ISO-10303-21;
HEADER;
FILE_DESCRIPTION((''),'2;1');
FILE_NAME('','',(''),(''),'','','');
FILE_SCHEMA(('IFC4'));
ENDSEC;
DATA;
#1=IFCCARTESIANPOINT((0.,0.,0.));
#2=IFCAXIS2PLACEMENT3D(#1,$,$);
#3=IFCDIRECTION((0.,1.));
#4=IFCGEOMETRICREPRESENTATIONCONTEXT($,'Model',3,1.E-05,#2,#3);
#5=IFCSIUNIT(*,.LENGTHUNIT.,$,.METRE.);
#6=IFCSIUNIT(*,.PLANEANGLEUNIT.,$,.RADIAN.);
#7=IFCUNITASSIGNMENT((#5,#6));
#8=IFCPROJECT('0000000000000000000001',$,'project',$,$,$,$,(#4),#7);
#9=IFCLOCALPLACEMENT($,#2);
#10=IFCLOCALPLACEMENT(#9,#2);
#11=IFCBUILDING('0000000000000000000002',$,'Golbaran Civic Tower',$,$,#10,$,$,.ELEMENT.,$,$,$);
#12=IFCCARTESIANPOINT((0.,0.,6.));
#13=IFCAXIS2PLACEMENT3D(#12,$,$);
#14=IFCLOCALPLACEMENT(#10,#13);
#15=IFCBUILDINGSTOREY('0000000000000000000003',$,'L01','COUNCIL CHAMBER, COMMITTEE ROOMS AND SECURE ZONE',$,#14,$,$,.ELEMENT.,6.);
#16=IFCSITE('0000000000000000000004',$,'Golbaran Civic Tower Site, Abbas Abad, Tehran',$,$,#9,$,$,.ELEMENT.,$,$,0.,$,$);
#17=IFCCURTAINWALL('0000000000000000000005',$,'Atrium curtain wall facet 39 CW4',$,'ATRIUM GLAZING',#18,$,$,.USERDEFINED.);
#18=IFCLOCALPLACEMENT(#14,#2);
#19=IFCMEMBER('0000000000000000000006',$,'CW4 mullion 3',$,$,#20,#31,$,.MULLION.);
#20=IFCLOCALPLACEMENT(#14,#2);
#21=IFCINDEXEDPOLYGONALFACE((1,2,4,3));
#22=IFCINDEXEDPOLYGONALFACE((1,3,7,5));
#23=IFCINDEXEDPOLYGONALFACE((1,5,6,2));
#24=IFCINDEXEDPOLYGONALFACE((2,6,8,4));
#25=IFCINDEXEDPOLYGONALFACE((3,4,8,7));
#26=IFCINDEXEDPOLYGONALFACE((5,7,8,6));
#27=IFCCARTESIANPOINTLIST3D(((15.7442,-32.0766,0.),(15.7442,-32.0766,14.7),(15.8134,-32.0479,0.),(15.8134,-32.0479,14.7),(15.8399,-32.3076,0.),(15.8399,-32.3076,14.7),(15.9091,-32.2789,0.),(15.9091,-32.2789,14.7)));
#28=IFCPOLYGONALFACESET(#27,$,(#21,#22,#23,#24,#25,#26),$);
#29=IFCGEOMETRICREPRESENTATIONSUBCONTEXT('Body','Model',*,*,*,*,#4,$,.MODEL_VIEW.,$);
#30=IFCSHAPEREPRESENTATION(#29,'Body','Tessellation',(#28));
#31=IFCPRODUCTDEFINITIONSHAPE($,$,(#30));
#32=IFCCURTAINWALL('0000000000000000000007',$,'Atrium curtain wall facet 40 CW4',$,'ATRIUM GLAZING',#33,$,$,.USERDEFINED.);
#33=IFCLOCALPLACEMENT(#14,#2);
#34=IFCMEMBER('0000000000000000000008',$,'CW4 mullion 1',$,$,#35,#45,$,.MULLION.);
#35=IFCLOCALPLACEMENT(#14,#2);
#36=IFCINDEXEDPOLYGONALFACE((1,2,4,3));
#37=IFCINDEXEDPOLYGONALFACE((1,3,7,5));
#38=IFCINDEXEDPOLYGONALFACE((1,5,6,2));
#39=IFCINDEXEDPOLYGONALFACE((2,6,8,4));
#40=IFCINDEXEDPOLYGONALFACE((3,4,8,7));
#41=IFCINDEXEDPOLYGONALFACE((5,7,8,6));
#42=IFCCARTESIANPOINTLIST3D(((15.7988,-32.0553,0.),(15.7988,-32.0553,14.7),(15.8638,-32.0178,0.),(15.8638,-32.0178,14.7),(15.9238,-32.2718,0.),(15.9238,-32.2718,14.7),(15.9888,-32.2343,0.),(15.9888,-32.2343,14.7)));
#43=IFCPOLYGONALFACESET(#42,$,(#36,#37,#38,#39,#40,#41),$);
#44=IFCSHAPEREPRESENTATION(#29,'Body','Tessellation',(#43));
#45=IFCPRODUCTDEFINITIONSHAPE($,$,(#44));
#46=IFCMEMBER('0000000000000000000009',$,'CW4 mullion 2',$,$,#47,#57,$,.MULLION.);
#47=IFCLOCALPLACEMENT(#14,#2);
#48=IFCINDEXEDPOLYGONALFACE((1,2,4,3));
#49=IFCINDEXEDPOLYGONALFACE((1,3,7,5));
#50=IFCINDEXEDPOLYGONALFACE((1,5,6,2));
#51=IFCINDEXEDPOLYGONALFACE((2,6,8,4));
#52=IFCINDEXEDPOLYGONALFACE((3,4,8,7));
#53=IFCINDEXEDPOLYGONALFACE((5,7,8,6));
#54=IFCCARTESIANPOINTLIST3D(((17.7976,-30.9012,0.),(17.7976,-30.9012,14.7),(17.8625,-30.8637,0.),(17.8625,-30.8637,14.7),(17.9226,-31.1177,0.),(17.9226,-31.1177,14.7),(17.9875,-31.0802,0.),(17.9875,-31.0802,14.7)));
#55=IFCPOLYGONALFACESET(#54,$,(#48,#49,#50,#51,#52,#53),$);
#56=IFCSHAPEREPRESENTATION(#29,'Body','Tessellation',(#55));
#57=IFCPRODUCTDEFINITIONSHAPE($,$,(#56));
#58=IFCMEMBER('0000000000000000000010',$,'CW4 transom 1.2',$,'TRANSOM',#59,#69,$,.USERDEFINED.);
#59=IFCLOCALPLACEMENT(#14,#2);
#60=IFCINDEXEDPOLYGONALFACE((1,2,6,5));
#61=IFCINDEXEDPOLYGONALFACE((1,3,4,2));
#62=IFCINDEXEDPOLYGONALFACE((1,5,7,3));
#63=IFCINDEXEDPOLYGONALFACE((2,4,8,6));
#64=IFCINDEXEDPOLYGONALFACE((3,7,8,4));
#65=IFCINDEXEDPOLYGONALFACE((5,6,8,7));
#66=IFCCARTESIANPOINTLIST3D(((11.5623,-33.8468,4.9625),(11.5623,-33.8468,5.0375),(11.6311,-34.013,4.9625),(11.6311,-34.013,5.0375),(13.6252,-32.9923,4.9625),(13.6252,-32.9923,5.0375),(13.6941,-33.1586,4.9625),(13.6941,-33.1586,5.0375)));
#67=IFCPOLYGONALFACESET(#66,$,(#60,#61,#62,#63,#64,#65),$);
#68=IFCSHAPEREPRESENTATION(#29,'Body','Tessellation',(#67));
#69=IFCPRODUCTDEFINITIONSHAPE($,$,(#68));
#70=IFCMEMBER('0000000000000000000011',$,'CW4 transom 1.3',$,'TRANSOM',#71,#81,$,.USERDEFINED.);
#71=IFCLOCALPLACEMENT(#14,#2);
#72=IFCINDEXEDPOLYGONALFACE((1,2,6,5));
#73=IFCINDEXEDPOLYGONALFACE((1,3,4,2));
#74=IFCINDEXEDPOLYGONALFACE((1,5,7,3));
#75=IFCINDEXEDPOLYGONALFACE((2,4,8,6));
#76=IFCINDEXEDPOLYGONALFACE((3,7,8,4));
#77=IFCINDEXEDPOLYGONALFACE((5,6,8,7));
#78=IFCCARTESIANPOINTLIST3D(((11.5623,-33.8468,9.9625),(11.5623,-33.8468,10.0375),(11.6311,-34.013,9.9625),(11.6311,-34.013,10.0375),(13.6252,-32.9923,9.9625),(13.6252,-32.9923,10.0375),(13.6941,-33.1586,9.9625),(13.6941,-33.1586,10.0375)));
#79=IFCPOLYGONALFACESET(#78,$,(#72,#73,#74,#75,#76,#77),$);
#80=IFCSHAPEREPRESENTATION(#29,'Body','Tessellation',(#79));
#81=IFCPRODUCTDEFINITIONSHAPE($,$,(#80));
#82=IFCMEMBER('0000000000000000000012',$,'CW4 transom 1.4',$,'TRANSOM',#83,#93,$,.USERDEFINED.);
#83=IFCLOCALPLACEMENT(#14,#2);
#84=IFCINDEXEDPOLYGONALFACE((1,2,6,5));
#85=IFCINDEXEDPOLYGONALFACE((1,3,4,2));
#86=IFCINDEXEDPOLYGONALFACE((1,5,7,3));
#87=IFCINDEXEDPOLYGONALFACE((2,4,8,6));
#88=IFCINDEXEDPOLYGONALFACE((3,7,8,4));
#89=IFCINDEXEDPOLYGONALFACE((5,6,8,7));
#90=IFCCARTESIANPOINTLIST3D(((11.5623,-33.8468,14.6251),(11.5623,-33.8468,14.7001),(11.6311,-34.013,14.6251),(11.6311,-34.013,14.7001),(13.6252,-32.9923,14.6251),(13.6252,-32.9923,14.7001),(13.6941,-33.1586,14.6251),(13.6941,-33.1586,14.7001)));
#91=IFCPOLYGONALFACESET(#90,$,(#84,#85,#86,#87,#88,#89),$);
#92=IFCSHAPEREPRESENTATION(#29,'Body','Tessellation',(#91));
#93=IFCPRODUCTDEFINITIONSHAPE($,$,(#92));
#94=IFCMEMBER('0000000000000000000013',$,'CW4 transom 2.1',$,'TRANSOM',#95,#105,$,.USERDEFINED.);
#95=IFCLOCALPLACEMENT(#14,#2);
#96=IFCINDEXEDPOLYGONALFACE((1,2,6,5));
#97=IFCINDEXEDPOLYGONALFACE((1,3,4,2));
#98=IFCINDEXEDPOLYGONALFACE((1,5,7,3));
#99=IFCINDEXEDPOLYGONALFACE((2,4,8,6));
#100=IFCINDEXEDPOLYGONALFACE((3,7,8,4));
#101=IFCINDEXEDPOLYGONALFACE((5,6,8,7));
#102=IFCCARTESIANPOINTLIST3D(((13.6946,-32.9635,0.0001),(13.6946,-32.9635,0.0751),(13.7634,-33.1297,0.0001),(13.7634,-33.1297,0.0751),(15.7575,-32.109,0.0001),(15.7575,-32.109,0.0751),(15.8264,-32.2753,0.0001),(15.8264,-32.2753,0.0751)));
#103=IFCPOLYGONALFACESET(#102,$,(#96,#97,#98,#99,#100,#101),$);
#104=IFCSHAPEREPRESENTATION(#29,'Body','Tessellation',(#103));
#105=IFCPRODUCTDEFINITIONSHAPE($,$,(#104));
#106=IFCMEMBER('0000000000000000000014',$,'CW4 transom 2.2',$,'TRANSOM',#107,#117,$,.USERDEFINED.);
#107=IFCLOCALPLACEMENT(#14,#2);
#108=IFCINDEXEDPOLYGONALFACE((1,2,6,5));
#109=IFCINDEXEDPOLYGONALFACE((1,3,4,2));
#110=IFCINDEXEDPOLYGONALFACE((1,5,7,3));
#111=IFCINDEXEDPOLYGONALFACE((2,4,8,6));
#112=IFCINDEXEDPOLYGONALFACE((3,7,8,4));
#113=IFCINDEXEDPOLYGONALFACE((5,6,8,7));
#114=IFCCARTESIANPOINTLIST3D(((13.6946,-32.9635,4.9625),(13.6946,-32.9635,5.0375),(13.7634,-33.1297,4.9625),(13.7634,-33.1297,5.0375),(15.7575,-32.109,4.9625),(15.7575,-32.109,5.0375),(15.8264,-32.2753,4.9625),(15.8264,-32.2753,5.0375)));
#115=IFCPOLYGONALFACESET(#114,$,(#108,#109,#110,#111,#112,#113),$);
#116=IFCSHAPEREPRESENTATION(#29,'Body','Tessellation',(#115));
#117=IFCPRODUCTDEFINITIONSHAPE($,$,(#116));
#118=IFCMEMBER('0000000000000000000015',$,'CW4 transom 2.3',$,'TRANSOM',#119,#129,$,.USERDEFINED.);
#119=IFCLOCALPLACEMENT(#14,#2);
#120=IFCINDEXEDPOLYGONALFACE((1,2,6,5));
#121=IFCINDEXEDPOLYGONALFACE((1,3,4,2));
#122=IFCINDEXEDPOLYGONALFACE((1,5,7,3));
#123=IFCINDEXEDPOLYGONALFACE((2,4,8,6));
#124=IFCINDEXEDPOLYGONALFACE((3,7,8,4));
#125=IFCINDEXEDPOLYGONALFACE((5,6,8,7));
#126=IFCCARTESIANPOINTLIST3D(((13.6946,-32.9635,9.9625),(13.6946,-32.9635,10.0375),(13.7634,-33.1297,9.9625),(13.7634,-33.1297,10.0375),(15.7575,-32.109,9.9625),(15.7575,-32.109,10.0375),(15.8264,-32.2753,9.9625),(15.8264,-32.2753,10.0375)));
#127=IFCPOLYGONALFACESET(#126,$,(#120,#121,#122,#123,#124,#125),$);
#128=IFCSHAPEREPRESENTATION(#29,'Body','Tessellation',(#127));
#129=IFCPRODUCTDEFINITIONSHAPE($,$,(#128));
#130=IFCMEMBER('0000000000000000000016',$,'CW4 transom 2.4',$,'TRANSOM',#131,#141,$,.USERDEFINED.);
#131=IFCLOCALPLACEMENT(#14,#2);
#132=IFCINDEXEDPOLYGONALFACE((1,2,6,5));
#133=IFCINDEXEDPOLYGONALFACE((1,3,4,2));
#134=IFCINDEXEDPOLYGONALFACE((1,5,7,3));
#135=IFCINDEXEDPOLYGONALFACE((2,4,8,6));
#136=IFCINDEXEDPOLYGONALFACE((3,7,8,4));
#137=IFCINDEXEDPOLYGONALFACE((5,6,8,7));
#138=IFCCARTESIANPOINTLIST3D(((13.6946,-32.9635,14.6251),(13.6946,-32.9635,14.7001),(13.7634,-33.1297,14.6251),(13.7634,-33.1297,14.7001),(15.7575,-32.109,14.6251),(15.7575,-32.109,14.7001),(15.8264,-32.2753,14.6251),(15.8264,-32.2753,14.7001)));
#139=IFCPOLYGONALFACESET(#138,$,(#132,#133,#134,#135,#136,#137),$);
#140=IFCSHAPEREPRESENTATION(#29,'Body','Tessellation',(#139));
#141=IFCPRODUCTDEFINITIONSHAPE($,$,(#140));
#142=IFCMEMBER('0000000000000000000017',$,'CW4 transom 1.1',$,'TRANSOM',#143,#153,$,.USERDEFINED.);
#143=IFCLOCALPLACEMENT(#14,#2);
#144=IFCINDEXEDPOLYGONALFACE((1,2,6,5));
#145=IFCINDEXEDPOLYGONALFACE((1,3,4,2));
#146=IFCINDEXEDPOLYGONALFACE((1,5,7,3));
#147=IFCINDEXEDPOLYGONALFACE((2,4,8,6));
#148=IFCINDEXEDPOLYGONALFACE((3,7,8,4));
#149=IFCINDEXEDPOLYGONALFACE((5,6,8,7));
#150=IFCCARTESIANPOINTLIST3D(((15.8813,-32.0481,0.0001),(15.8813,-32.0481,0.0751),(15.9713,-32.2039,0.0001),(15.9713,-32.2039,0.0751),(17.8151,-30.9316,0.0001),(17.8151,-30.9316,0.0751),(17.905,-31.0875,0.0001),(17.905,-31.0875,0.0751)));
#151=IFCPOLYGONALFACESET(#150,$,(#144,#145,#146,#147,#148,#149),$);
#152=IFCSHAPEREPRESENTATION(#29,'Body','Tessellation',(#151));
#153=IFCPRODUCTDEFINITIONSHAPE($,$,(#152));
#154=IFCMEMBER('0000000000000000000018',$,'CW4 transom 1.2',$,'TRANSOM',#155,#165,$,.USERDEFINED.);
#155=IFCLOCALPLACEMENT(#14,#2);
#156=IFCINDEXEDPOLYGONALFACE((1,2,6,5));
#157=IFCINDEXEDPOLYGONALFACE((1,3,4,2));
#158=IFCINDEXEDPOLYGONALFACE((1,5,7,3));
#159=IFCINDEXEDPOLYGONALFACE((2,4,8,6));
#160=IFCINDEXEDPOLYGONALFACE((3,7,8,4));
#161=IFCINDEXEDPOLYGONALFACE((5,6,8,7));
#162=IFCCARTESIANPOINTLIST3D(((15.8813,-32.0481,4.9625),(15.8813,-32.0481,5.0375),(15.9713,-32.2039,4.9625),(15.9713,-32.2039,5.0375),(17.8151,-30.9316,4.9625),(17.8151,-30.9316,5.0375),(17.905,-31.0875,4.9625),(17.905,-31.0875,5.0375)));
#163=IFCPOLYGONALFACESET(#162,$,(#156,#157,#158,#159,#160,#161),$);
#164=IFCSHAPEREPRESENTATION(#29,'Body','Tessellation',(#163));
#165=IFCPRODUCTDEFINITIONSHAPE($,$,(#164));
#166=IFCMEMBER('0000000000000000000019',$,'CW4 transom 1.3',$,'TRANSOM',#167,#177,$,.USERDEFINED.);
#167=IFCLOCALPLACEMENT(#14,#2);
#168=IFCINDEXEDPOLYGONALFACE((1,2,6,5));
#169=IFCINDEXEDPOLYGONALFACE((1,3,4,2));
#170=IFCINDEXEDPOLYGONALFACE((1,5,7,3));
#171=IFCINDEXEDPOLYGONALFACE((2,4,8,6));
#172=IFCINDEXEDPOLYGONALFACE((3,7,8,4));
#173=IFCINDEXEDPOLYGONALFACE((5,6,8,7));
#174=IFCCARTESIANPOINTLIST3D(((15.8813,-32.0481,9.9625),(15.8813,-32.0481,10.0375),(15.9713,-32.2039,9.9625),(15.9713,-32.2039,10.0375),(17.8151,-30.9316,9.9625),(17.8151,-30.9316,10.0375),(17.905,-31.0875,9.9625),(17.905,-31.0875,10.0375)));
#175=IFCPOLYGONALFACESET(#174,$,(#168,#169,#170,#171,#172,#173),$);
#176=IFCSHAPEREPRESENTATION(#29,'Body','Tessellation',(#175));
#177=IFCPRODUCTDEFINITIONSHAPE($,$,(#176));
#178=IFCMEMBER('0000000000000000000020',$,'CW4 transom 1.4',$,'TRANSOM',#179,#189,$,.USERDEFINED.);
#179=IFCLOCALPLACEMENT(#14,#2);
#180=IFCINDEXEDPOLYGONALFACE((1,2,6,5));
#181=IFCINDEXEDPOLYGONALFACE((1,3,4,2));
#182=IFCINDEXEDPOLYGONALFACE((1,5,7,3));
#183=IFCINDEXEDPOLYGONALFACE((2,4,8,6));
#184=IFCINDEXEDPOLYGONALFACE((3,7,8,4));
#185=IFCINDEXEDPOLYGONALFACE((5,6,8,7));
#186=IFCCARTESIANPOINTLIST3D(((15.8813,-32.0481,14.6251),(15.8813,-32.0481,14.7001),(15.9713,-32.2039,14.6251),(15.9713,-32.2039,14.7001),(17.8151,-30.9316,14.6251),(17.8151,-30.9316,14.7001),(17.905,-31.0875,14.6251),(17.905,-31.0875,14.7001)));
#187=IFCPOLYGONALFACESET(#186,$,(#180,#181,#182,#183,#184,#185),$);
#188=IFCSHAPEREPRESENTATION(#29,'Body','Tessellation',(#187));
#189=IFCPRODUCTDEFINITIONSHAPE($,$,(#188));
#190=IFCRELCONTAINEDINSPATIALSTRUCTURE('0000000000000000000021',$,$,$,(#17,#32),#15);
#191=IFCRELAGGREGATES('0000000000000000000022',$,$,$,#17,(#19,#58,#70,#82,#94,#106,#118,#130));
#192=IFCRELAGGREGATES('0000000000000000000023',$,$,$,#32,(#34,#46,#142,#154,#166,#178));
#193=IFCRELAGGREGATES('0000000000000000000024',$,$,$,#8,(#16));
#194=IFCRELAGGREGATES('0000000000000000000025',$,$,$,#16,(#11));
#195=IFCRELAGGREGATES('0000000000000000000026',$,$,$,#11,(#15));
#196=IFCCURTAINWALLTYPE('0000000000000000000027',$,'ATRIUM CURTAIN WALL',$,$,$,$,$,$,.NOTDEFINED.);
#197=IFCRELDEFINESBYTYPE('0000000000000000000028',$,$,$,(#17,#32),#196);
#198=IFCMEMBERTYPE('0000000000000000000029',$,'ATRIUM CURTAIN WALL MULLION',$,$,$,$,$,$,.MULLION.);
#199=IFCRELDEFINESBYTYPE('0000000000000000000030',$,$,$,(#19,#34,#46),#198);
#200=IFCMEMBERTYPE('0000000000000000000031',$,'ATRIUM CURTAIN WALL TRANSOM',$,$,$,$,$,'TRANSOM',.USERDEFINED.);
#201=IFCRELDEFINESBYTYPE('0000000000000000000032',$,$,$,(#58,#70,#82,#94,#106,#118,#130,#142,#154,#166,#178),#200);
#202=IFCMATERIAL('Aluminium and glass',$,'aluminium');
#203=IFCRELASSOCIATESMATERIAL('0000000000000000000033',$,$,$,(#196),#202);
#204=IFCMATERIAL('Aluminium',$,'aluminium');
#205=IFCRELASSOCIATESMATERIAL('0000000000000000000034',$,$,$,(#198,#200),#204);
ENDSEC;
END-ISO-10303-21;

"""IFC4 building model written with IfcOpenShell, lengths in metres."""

from ifc_helpers import new_model, si_unit, direction, frame, origin, origin_2d, place, context, subcontext, project, spatial, rectangle, extrude, material, material_profile, profile_set, type_object, element, aggregate, save


model = new_model("IFC4")

# Units and contexts
model_context = context("Model", 3, precision=1e-05, world=origin(), true_north=direction((0.0, 1.0)))
body_context = subcontext(model_context, "Body", "Model", "MODEL_VIEW")
ifc_project = project(units=[si_unit("LENGTHUNIT", "METRE"), si_unit("PLANEANGLEUNIT", "RADIAN")], contexts=[model_context])

# Site, building, storey
site_placement = place(None, origin())
site = spatial("IfcSite", under=ifc_project, at=site_placement, Name="Golbaran Civic Tower Site, Abbas Abad, Tehran", CompositionType="ELEMENT", RefElevation=0.0)
building_placement = place(site_placement, origin())
building = spatial("IfcBuilding", under=site, at=building_placement, Name="Golbaran Civic Tower", CompositionType="ELEMENT")
storey_placement = place(building_placement, frame((0.0, 0.0, 6.0)))
storey = spatial("IfcBuildingStorey", under=building, at=storey_placement, Name="L01", Description="COUNCIL CHAMBER, COMMITTEE ROOMS AND SECURE ZONE", CompositionType="ELEMENT", Elevation=6.0)

# Curtain walls, members
ifc_material_1 = material(Name="Aluminium and glass", Category="aluminium")
curtain_wall_type = type_object("IfcCurtainWallType", Name="ATRIUM CURTAIN WALL", PredefinedType="NOTDEFINED", material=ifc_material_1)
curtain_wall_1_placement = place(storey_placement, origin())
curtain_wall_1 = element("IfcCurtainWall", 1, at=curtain_wall_1_placement, inside=storey, type_object=curtain_wall_type, Name="Atrium curtain wall facet 39 CW4", ObjectType="ATRIUM GLAZING", PredefinedType="USERDEFINED")
ifc_material_2 = material(Name="Aluminium", Category="aluminium")
ifc_material_profile_1 = material_profile(ifc_material_2, rectangle(XDim=0.25, YDim=0.075, at=origin_2d()), Name="ATRIUM CURTAIN WALL MULLION")
ifc_profile_set_1 = profile_set([ifc_material_profile_1], Name="Aluminium")
member_type_1 = type_object("IfcMemberType", Name="ATRIUM CURTAIN WALL MULLION", PredefinedType="MULLION", material=ifc_profile_set_1)
member_1_placement = place(storey_placement, frame((15.8267, -32.1777, 0.0), z_axis=(0.0, 0.0, 1.0), x_axis=(-0.382683, 0.92388, 0.0)))
member_1 = element("IfcMember", 2, at=member_1_placement, type_object=member_type_1, Name="CW4 mullion 3", PredefinedType="MULLION", context=body_context, shape_type="SweptSolid", body=[
    extrude(rectangle(XDim=0.25, YDim=0.075, at=origin_2d()), origin(), (0.0, 0.0, 1.0), 14.7),
])
curtain_wall_2_placement = place(storey_placement, origin())
curtain_wall_2 = element("IfcCurtainWall", 3, at=curtain_wall_2_placement, inside=storey, type_object=curtain_wall_type, Name="Atrium curtain wall facet 40 CW4", ObjectType="ATRIUM GLAZING", PredefinedType="USERDEFINED")
member_2_placement = place(storey_placement, frame((15.8938, -32.1448, 0.0), z_axis=(0.0, 0.0, 1.0), x_axis=(-0.5, 0.866025, 0.0)))
member_2 = element("IfcMember", 4, at=member_2_placement, type_object=member_type_1, Name="CW4 mullion 1", PredefinedType="MULLION", context=body_context, shape_type="SweptSolid", body=[
    extrude(rectangle(XDim=0.25, YDim=0.075, at=origin_2d()), origin(), (0.0, 0.0, 1.0), 14.7),
])
member_3_placement = place(storey_placement, frame((17.8926, -30.9907, 0.0), z_axis=(0.0, 0.0, 1.0), x_axis=(-0.5, 0.866025, 0.0)))
member_3 = element("IfcMember", 5, at=member_3_placement, type_object=member_type_1, Name="CW4 mullion 2", PredefinedType="MULLION", context=body_context, shape_type="SweptSolid", body=[
    extrude(rectangle(XDim=0.25, YDim=0.075, at=origin_2d()), origin(), (0.0, 0.0, 1.0), 14.7),
])

# Members
ifc_material_profile_2 = material_profile(ifc_material_2, rectangle(XDim=0.1799, YDim=0.075, at=origin_2d()), Name="ATRIUM CURTAIN WALL TRANSOM")
ifc_profile_set_2 = profile_set([ifc_material_profile_2], Name="Aluminium")
member_type_2 = type_object("IfcMemberType", Name="ATRIUM CURTAIN WALL TRANSOM", ElementType="TRANSOM", PredefinedType="USERDEFINED", material=ifc_profile_set_2)
member_4_placement = place(storey_placement, frame((11.5967, -33.9299, 5.0), z_axis=(0.923884, 0.382674, 0.0), x_axis=(-0.382674, 0.923884, 0.0)))
member_4 = element("IfcMember", 6, at=member_4_placement, type_object=member_type_2, Name="CW4 transom 1.2", ObjectType="TRANSOM", PredefinedType="USERDEFINED", context=body_context, shape_type="SweptSolid", body=[
    extrude(rectangle(XDim=0.1799, YDim=0.075, at=origin_2d()), origin(), (0.0, 0.0, 1.0), 2.2329),
])
member_5_placement = place(storey_placement, frame((11.5967, -33.9299, 10.0), z_axis=(0.923884, 0.382674, 0.0), x_axis=(-0.382674, 0.923884, 0.0)))
member_5 = element("IfcMember", 7, at=member_5_placement, type_object=member_type_2, Name="CW4 transom 1.3", ObjectType="TRANSOM", PredefinedType="USERDEFINED", context=body_context, shape_type="SweptSolid", body=[
    extrude(rectangle(XDim=0.1799, YDim=0.075, at=origin_2d()), origin(), (0.0, 0.0, 1.0), 2.2329),
])
member_6_placement = place(storey_placement, frame((11.5967, -33.9299, 14.6626), z_axis=(0.923884, 0.382674, 0.0), x_axis=(-0.382674, 0.923884, 0.0)))
member_6 = element("IfcMember", 8, at=member_6_placement, type_object=member_type_2, Name="CW4 transom 1.4", ObjectType="TRANSOM", PredefinedType="USERDEFINED", context=body_context, shape_type="SweptSolid", body=[
    extrude(rectangle(XDim=0.1799, YDim=0.075, at=origin_2d()), origin(), (0.0, 0.0, 1.0), 2.2329),
])
member_7_placement = place(storey_placement, frame((13.729, -33.0466, 0.0376), z_axis=(0.923884, 0.382674, 0.0), x_axis=(-0.382674, 0.923884, 0.0)))
member_7 = element("IfcMember", 9, at=member_7_placement, type_object=member_type_2, Name="CW4 transom 2.1", ObjectType="TRANSOM", PredefinedType="USERDEFINED", context=body_context, shape_type="SweptSolid", body=[
    extrude(rectangle(XDim=0.1799, YDim=0.075, at=origin_2d()), origin(), (0.0, 0.0, 1.0), 2.2329),
])
member_8_placement = place(storey_placement, frame((13.729, -33.0466, 5.0), z_axis=(0.923884, 0.382674, 0.0), x_axis=(-0.382674, 0.923884, 0.0)))
member_8 = element("IfcMember", 10, at=member_8_placement, type_object=member_type_2, Name="CW4 transom 2.2", ObjectType="TRANSOM", PredefinedType="USERDEFINED", context=body_context, shape_type="SweptSolid", body=[
    extrude(rectangle(XDim=0.1799, YDim=0.075, at=origin_2d()), origin(), (0.0, 0.0, 1.0), 2.2329),
])
member_9_placement = place(storey_placement, frame((13.729, -33.0466, 10.0), z_axis=(0.923884, 0.382674, 0.0), x_axis=(-0.382674, 0.923884, 0.0)))
member_9 = element("IfcMember", 11, at=member_9_placement, type_object=member_type_2, Name="CW4 transom 2.3", ObjectType="TRANSOM", PredefinedType="USERDEFINED", context=body_context, shape_type="SweptSolid", body=[
    extrude(rectangle(XDim=0.1799, YDim=0.075, at=origin_2d()), origin(), (0.0, 0.0, 1.0), 2.2329),
])
member_10_placement = place(storey_placement, frame((13.729, -33.0466, 14.6626), z_axis=(0.923884, 0.382674, 0.0), x_axis=(-0.382674, 0.923884, 0.0)))
member_10 = element("IfcMember", 12, at=member_10_placement, type_object=member_type_2, Name="CW4 transom 2.4", ObjectType="TRANSOM", PredefinedType="USERDEFINED", context=body_context, shape_type="SweptSolid", body=[
    extrude(rectangle(XDim=0.1799, YDim=0.075, at=origin_2d()), origin(), (0.0, 0.0, 1.0), 2.2329),
])
member_11_placement = place(storey_placement, frame((15.9263, -32.126, 0.0376), z_axis=(0.866034, 0.499984, 0.0), x_axis=(-0.499984, 0.866034, 0.0)))
member_11 = element("IfcMember", 13, at=member_11_placement, type_object=member_type_2, Name="CW4 transom 1.1", ObjectType="TRANSOM", PredefinedType="USERDEFINED", context=body_context, shape_type="SweptSolid", body=[
    extrude(rectangle(XDim=0.1799, YDim=0.075, at=origin_2d()), origin(), (0.0, 0.0, 1.0), 2.2329),
])
member_12_placement = place(storey_placement, frame((15.9263, -32.126, 5.0), z_axis=(0.866034, 0.499984, 0.0), x_axis=(-0.499984, 0.866034, 0.0)))
member_12 = element("IfcMember", 14, at=member_12_placement, type_object=member_type_2, Name="CW4 transom 1.2", ObjectType="TRANSOM", PredefinedType="USERDEFINED", context=body_context, shape_type="SweptSolid", body=[
    extrude(rectangle(XDim=0.1799, YDim=0.075, at=origin_2d()), origin(), (0.0, 0.0, 1.0), 2.2329),
])
member_13_placement = place(storey_placement, frame((15.9263, -32.126, 10.0), z_axis=(0.866034, 0.499984, 0.0), x_axis=(-0.499984, 0.866034, 0.0)))
member_13 = element("IfcMember", 15, at=member_13_placement, type_object=member_type_2, Name="CW4 transom 1.3", ObjectType="TRANSOM", PredefinedType="USERDEFINED", context=body_context, shape_type="SweptSolid", body=[
    extrude(rectangle(XDim=0.1799, YDim=0.075, at=origin_2d()), origin(), (0.0, 0.0, 1.0), 2.2329),
])
member_14_placement = place(storey_placement, frame((15.9263, -32.126, 14.6626), z_axis=(0.866034, 0.499984, 0.0), x_axis=(-0.499984, 0.866034, 0.0)))
member_14 = element("IfcMember", 16, at=member_14_placement, type_object=member_type_2, Name="CW4 transom 1.4", ObjectType="TRANSOM", PredefinedType="USERDEFINED", context=body_context, shape_type="SweptSolid", body=[
    extrude(rectangle(XDim=0.1799, YDim=0.075, at=origin_2d()), origin(), (0.0, 0.0, 1.0), 2.2329),
])

aggregate(curtain_wall_1, [member_1, member_4, member_5, member_6, member_7, member_8, member_9, member_10])
aggregate(curtain_wall_2, [member_2, member_3, member_11, member_12, member_13, member_14])

save(model, "model.ifc")
